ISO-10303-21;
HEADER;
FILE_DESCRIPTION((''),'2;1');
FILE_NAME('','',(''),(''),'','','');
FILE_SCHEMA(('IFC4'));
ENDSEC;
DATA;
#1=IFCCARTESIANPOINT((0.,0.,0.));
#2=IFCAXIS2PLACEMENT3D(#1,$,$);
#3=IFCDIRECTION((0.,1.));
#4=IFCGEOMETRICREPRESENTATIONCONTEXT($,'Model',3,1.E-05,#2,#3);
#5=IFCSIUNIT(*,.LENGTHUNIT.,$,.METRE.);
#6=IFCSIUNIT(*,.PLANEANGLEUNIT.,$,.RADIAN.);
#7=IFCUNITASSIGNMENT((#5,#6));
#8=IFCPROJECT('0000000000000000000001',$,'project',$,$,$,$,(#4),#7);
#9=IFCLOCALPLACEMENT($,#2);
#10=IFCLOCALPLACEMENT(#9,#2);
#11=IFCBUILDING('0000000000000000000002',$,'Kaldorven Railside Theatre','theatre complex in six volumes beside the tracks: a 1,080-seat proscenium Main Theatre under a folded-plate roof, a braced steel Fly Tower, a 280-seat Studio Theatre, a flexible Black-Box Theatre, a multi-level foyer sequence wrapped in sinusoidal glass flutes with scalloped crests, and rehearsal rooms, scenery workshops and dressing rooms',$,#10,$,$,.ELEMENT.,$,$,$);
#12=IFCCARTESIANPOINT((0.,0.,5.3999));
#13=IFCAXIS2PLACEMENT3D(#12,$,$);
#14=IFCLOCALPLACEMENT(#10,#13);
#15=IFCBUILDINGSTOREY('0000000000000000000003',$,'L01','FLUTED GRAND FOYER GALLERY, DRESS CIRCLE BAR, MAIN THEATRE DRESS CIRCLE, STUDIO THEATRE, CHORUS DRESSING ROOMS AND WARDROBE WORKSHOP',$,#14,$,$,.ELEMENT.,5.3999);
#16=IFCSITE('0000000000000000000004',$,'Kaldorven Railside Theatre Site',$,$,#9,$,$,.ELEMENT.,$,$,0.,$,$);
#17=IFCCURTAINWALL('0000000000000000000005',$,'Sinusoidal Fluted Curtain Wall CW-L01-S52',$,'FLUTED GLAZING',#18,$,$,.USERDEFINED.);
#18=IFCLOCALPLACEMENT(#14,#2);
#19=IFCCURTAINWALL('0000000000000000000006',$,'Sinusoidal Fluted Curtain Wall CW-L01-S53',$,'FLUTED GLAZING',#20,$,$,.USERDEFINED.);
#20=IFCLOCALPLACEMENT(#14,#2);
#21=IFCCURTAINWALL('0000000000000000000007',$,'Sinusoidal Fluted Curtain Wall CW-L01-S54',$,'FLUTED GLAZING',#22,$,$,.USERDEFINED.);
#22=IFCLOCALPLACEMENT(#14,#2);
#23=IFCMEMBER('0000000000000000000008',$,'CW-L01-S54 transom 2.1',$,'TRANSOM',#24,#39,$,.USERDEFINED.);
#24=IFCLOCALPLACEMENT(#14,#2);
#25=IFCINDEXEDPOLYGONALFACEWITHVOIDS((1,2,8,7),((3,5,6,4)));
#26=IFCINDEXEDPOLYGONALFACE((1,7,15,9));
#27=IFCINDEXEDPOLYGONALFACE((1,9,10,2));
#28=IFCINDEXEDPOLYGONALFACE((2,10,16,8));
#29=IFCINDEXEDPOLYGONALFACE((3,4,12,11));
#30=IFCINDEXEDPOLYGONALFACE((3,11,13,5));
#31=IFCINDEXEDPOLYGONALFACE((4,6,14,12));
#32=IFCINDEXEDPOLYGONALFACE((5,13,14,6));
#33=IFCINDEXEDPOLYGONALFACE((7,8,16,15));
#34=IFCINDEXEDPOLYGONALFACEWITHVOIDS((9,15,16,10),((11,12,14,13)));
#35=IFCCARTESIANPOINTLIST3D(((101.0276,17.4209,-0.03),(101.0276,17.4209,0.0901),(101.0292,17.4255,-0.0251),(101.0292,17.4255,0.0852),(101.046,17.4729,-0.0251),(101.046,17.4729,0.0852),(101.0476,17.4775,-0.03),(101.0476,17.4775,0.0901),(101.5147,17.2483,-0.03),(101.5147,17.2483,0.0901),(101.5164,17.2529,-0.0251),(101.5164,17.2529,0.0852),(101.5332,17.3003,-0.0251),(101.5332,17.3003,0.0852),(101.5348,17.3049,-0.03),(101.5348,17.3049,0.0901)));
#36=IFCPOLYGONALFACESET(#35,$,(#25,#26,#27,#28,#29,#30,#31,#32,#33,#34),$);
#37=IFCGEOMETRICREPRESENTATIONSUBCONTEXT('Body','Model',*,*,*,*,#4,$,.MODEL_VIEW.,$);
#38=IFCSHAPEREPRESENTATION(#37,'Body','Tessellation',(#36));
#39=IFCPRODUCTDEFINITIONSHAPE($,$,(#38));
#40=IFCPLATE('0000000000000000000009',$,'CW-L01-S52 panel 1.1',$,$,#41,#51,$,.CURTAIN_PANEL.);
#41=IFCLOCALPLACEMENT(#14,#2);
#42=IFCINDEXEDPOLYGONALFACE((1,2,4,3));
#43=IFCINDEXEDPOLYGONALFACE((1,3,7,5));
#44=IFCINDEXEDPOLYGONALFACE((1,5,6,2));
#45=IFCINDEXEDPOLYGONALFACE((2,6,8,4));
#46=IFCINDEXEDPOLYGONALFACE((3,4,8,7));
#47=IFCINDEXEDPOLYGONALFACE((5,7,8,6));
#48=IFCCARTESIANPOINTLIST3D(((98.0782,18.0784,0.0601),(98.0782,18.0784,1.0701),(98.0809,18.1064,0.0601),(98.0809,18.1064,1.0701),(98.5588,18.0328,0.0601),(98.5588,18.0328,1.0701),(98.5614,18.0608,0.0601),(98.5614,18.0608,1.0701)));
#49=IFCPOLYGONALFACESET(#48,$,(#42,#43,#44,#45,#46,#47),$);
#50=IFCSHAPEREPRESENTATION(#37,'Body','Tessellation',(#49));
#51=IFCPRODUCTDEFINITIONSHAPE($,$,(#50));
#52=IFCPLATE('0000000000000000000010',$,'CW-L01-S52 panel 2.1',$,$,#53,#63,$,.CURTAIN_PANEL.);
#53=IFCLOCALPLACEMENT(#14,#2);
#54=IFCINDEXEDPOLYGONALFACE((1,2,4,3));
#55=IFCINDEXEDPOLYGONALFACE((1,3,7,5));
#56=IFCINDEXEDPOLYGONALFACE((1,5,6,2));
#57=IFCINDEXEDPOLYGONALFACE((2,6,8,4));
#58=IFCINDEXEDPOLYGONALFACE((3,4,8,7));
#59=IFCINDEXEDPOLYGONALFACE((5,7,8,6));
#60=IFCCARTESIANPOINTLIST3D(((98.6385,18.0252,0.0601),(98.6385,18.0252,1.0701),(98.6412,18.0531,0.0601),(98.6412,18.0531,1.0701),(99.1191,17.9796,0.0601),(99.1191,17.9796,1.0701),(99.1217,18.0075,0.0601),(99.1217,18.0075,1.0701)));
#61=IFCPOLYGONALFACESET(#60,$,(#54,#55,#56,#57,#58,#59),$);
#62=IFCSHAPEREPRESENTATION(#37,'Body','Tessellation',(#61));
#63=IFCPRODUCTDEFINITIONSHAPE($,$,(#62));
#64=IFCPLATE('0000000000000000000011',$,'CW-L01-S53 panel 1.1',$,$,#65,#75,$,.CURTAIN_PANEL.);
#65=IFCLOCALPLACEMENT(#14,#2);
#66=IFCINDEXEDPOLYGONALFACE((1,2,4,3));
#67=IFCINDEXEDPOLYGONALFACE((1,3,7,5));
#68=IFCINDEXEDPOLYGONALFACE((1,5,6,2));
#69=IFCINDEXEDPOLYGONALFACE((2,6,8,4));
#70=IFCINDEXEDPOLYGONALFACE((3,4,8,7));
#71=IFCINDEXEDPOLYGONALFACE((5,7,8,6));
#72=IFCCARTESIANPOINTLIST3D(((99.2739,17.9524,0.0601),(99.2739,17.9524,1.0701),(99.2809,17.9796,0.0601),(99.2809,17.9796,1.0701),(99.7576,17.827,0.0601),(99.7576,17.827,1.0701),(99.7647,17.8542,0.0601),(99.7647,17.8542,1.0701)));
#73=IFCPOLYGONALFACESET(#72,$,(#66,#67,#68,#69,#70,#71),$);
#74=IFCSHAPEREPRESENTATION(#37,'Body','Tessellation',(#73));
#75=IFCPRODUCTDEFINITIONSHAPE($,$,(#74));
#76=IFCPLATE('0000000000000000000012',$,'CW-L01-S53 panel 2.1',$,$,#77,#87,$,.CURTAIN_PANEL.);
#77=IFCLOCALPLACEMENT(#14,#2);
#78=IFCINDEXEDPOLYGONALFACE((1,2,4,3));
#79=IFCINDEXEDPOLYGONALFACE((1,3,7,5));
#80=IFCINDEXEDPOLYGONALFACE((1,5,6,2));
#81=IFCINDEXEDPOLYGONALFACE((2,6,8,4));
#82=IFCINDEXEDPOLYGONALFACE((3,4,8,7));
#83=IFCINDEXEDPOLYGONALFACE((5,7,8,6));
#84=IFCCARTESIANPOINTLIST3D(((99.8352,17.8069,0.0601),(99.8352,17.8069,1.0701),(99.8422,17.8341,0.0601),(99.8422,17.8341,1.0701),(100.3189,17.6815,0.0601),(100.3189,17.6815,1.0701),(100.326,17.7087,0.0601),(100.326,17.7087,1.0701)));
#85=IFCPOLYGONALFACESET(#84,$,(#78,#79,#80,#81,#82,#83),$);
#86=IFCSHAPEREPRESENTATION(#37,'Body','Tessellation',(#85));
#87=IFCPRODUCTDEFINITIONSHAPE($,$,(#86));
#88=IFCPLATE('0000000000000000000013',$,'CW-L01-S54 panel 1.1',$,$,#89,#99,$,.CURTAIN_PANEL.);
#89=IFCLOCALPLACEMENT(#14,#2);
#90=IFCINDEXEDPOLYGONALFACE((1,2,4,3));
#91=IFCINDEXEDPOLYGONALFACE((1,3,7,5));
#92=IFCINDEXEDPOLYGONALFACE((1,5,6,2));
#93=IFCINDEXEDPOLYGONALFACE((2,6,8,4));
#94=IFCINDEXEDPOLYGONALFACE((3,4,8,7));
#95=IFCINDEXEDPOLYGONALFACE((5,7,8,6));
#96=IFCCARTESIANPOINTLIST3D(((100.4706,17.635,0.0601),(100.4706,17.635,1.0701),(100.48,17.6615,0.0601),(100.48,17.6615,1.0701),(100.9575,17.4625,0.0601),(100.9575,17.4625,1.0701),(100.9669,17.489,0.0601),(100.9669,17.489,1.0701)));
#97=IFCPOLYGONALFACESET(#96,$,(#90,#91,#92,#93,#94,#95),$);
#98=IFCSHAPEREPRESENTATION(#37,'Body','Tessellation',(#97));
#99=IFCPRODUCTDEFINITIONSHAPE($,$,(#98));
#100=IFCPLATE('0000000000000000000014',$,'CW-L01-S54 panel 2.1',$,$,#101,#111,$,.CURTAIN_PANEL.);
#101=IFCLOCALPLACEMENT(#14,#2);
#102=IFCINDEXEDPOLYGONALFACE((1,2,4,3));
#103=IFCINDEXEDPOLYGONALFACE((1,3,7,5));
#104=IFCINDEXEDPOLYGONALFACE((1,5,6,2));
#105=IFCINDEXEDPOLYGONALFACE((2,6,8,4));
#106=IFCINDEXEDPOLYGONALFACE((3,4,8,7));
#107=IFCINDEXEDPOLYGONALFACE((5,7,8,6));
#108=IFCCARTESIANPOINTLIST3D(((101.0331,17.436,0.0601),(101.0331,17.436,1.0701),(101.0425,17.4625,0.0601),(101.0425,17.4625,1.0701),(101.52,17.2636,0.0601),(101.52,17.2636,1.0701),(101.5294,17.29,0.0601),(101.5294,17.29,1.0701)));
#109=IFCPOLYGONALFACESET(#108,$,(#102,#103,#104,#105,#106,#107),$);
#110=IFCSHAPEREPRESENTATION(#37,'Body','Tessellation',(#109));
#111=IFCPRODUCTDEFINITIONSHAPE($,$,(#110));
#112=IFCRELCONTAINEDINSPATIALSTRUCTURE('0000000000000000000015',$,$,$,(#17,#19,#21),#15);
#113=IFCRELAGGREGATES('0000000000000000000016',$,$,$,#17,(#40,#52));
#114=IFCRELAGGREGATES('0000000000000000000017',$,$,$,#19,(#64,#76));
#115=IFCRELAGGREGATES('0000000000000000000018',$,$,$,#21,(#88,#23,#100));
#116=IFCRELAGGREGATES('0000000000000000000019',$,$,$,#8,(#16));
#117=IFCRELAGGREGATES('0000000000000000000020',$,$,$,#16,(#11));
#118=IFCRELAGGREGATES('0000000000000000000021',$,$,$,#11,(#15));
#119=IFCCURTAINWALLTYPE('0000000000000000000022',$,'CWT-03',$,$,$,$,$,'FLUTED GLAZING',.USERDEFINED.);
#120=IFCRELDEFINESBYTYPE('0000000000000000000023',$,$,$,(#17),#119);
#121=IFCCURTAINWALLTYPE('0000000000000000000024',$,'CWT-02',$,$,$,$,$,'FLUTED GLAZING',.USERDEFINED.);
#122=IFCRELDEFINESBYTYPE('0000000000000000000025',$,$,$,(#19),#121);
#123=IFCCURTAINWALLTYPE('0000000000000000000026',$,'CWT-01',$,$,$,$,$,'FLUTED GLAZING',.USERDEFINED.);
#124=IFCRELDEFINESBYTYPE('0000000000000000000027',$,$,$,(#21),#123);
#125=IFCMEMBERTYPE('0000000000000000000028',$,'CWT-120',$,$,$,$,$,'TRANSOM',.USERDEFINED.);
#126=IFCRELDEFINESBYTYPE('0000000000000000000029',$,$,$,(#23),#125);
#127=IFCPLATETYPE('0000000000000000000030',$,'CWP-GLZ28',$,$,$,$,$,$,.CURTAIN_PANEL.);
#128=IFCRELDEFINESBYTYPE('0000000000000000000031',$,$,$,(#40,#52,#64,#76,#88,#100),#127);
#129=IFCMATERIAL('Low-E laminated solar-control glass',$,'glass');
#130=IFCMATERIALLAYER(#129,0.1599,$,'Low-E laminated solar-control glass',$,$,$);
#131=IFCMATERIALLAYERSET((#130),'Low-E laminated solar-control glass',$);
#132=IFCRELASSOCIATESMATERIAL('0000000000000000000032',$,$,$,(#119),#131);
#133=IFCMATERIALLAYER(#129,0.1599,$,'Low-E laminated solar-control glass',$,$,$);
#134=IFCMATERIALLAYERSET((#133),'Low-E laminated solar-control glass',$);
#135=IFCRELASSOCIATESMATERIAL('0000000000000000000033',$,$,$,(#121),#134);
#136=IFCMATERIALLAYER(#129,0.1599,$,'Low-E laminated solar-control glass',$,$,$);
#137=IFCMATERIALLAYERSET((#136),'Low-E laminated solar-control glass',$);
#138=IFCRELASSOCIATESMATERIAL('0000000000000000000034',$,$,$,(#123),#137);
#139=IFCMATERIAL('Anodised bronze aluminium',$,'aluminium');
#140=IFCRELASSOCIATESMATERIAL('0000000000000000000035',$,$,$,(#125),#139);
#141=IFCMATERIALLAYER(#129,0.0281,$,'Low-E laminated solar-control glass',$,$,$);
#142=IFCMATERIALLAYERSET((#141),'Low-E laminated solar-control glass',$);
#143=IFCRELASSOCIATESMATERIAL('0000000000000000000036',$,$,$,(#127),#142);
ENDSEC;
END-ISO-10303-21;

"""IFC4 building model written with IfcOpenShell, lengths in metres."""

from ifc_helpers import new_model, si_unit, direction, frame, origin, origin_2d, place, context, subcontext, project, spatial, rectangle, hollow_rectangle, extrude, material, layer, layer_set, material_profile, profile_set, type_object, element, aggregate, save


model = new_model("IFC4")

# Units and contexts
model_context = context("Model", 3, precision=1e-05, world=origin(), true_north=direction((0.0, 1.0)))
body_context = subcontext(model_context, "Body", "Model", "MODEL_VIEW")
ifc_project = project(units=[si_unit("LENGTHUNIT", "METRE"), si_unit("PLANEANGLEUNIT", "RADIAN")], contexts=[model_context])

# Site, building, storey
site_placement = place(None, origin())
site = spatial("IfcSite", under=ifc_project, at=site_placement, Name="Kaldorven Railside Theatre Site", CompositionType="ELEMENT", RefElevation=0.0)
building_placement = place(site_placement, origin())
building = spatial("IfcBuilding", under=site, at=building_placement, Name="Kaldorven Railside Theatre", Description="theatre complex in six volumes beside the tracks: a 1,080-seat proscenium Main Theatre under a folded-plate roof, a braced steel Fly Tower, a 280-seat Studio Theatre, a flexible Black-Box Theatre, a multi-level foyer sequence wrapped in sinusoidal glass flutes with scalloped crests, and rehearsal rooms, scenery workshops and dressing rooms", CompositionType="ELEMENT")
storey_placement = place(building_placement, frame((0.0, 0.0, 5.3999)))
storey = spatial("IfcBuildingStorey", under=building, at=storey_placement, Name="L01", Description="FLUTED GRAND FOYER GALLERY, DRESS CIRCLE BAR, MAIN THEATRE DRESS CIRCLE, STUDIO THEATRE, CHORUS DRESSING ROOMS AND WARDROBE WORKSHOP", CompositionType="ELEMENT", Elevation=5.3999)

# Shared definitions
ifc_material_1 = material(Name="Low-E laminated solar-control glass", Category="glass")
ifc_layer_1 = layer(ifc_material_1, 0.1599, Name="Low-E laminated solar-control glass")
ifc_layer_set_1 = layer_set([ifc_layer_1], Name="Low-E laminated solar-control glass")
curtain_wall_type_1 = type_object("IfcCurtainWallType", Name="CWT-03", ElementType="FLUTED GLAZING", PredefinedType="USERDEFINED", material=ifc_layer_set_1)
ifc_material_2 = material(Name="Anodised bronze aluminium", Category="aluminium")

# Curtain walls
curtain_wall_1_placement = place(storey_placement, origin())
curtain_wall_1 = element("IfcCurtainWall", 1, at=curtain_wall_1_placement, inside=storey, type_object=curtain_wall_type_1, Name="Sinusoidal Fluted Curtain Wall CW-L01-S52", ObjectType="FLUTED GLAZING", PredefinedType="USERDEFINED")
ifc_layer_2 = layer(ifc_material_1, 0.1599, Name="Low-E laminated solar-control glass")
ifc_layer_set_2 = layer_set([ifc_layer_2], Name="Low-E laminated solar-control glass")
curtain_wall_type_2 = type_object("IfcCurtainWallType", Name="CWT-02", ElementType="FLUTED GLAZING", PredefinedType="USERDEFINED", material=ifc_layer_set_2)
curtain_wall_2_placement = place(storey_placement, origin())
curtain_wall_2 = element("IfcCurtainWall", 2, at=curtain_wall_2_placement, inside=storey, type_object=curtain_wall_type_2, Name="Sinusoidal Fluted Curtain Wall CW-L01-S53", ObjectType="FLUTED GLAZING", PredefinedType="USERDEFINED")
ifc_layer_3 = layer(ifc_material_1, 0.1599, Name="Low-E laminated solar-control glass")
ifc_layer_set_3 = layer_set([ifc_layer_3], Name="Low-E laminated solar-control glass")
curtain_wall_type_3 = type_object("IfcCurtainWallType", Name="CWT-01", ElementType="FLUTED GLAZING", PredefinedType="USERDEFINED", material=ifc_layer_set_3)
curtain_wall_3_placement = place(storey_placement, origin())
curtain_wall_3 = element("IfcCurtainWall", 3, at=curtain_wall_3_placement, inside=storey, type_object=curtain_wall_type_3, Name="Sinusoidal Fluted Curtain Wall CW-L01-S54", ObjectType="FLUTED GLAZING", PredefinedType="USERDEFINED")

# Member
ifc_material_profile_1 = material_profile(ifc_material_2, hollow_rectangle(XDim=0.0601, YDim=0.1201, WallThickness=0.0049, at=origin_2d()), Name="RHS 120x60x5")
ifc_profile_set_1 = profile_set([ifc_material_profile_1], Name="Anodised bronze aluminium")
member_type_1 = type_object("IfcMemberType", Name="CWT-120", ElementType="TRANSOM", PredefinedType="USERDEFINED", material=ifc_profile_set_1)
member_1_placement = place(storey_placement, frame((101.0376, 17.4492, 0.03), z_axis=(0.942562, -0.334031, 0.0), x_axis=(0.334031, 0.942562, 0.0)))
member_1 = element("IfcMember", 4, at=member_1_placement, type_object=member_type_1, Name="CW-L01-S54 transom 2.1", ObjectType="TRANSOM", PredefinedType="USERDEFINED", context=body_context, shape_type="SweptSolid", body=[
    extrude(hollow_rectangle(XDim=0.0601, YDim=0.1201, WallThickness=0.0049, at=origin_2d()), origin(), (0.0, 0.0, 1.0), 0.5168),
])

# Plates
ifc_layer_4 = layer(ifc_material_1, 0.0281, Name="Low-E laminated solar-control glass")
ifc_layer_set_4 = layer_set([ifc_layer_4], Name="Low-E laminated solar-control glass")
plate_type = type_object("IfcPlateType", Name="CWP-GLZ28", PredefinedType="CURTAIN_PANEL", material=ifc_layer_set_4)
plate_1_placement = place(storey_placement, frame((98.3198, 18.0696, 0.0601), z_axis=(0.0, 0.0, 1.0), x_axis=(0.995526, -0.094492, 0.0)))
plate_1 = element("IfcPlate", 5, at=plate_1_placement, type_object=plate_type, Name="CW-L01-S52 panel 1.1", PredefinedType="CURTAIN_PANEL", context=body_context, shape_type="SweptSolid", body=[
    extrude(rectangle(XDim=0.4827, YDim=0.0281, at=origin_2d()), origin(), (0.0, 0.0, 1.0), 1.01),
])
plate_2_placement = place(storey_placement, frame((98.8801, 18.0164, 0.0601), z_axis=(0.0, 0.0, 1.0), x_axis=(0.995526, -0.094492, 0.0)))
plate_2 = element("IfcPlate", 6, at=plate_2_placement, type_object=plate_type, Name="CW-L01-S52 panel 2.1", PredefinedType="CURTAIN_PANEL", context=body_context, shape_type="SweptSolid", body=[
    extrude(rectangle(XDim=0.4827, YDim=0.0281, at=origin_2d()), origin(), (0.0, 0.0, 1.0), 1.01),
])
aggregate(curtain_wall_1, [plate_1, plate_2])
plate_3_placement = place(storey_placement, frame((99.5193, 17.9033, 0.0601), z_axis=(0.0, 0.0, 1.0), x_axis=(0.967999, -0.250954, 0.0)))
plate_3 = element("IfcPlate", 7, at=plate_3_placement, type_object=plate_type, Name="CW-L01-S53 panel 1.1", PredefinedType="CURTAIN_PANEL", context=body_context, shape_type="SweptSolid", body=[
    extrude(rectangle(XDim=0.4998, YDim=0.0281, at=origin_2d()), origin(), (0.0, 0.0, 1.0), 1.01),
])
plate_4_placement = place(storey_placement, frame((100.0806, 17.7578, 0.0601), z_axis=(0.0, 0.0, 1.0), x_axis=(0.967999, -0.250954, 0.0)))
plate_4 = element("IfcPlate", 8, at=plate_4_placement, type_object=plate_type, Name="CW-L01-S53 panel 2.1", PredefinedType="CURTAIN_PANEL", context=body_context, shape_type="SweptSolid", body=[
    extrude(rectangle(XDim=0.4998, YDim=0.0281, at=origin_2d()), origin(), (0.0, 0.0, 1.0), 1.01),
])
aggregate(curtain_wall_2, [plate_3, plate_4])
plate_5_placement = place(storey_placement, frame((100.7188, 17.562, 0.0601), z_axis=(0.0, 0.0, 1.0), x_axis=(0.942627, -0.333847, 0.0)))
plate_5 = element("IfcPlate", 9, at=plate_5_placement, type_object=plate_type, Name="CW-L01-S54 panel 1.1", PredefinedType="CURTAIN_PANEL", context=body_context, shape_type="SweptSolid", body=[
    extrude(rectangle(XDim=0.5166, YDim=0.0281, at=origin_2d()), origin(), (0.0, 0.0, 1.0), 1.01),
])
plate_6_placement = place(storey_placement, frame((101.2812, 17.363, 0.0601), z_axis=(0.0, 0.0, 1.0), x_axis=(0.942627, -0.333847, 0.0)))
plate_6 = element("IfcPlate", 10, at=plate_6_placement, type_object=plate_type, Name="CW-L01-S54 panel 2.1", PredefinedType="CURTAIN_PANEL", context=body_context, shape_type="SweptSolid", body=[
    extrude(rectangle(XDim=0.5166, YDim=0.0281, at=origin_2d()), origin(), (0.0, 0.0, 1.0), 1.01),
])
aggregate(curtain_wall_3, [plate_5, member_1, plate_6])

save(model, "model.ifc")
